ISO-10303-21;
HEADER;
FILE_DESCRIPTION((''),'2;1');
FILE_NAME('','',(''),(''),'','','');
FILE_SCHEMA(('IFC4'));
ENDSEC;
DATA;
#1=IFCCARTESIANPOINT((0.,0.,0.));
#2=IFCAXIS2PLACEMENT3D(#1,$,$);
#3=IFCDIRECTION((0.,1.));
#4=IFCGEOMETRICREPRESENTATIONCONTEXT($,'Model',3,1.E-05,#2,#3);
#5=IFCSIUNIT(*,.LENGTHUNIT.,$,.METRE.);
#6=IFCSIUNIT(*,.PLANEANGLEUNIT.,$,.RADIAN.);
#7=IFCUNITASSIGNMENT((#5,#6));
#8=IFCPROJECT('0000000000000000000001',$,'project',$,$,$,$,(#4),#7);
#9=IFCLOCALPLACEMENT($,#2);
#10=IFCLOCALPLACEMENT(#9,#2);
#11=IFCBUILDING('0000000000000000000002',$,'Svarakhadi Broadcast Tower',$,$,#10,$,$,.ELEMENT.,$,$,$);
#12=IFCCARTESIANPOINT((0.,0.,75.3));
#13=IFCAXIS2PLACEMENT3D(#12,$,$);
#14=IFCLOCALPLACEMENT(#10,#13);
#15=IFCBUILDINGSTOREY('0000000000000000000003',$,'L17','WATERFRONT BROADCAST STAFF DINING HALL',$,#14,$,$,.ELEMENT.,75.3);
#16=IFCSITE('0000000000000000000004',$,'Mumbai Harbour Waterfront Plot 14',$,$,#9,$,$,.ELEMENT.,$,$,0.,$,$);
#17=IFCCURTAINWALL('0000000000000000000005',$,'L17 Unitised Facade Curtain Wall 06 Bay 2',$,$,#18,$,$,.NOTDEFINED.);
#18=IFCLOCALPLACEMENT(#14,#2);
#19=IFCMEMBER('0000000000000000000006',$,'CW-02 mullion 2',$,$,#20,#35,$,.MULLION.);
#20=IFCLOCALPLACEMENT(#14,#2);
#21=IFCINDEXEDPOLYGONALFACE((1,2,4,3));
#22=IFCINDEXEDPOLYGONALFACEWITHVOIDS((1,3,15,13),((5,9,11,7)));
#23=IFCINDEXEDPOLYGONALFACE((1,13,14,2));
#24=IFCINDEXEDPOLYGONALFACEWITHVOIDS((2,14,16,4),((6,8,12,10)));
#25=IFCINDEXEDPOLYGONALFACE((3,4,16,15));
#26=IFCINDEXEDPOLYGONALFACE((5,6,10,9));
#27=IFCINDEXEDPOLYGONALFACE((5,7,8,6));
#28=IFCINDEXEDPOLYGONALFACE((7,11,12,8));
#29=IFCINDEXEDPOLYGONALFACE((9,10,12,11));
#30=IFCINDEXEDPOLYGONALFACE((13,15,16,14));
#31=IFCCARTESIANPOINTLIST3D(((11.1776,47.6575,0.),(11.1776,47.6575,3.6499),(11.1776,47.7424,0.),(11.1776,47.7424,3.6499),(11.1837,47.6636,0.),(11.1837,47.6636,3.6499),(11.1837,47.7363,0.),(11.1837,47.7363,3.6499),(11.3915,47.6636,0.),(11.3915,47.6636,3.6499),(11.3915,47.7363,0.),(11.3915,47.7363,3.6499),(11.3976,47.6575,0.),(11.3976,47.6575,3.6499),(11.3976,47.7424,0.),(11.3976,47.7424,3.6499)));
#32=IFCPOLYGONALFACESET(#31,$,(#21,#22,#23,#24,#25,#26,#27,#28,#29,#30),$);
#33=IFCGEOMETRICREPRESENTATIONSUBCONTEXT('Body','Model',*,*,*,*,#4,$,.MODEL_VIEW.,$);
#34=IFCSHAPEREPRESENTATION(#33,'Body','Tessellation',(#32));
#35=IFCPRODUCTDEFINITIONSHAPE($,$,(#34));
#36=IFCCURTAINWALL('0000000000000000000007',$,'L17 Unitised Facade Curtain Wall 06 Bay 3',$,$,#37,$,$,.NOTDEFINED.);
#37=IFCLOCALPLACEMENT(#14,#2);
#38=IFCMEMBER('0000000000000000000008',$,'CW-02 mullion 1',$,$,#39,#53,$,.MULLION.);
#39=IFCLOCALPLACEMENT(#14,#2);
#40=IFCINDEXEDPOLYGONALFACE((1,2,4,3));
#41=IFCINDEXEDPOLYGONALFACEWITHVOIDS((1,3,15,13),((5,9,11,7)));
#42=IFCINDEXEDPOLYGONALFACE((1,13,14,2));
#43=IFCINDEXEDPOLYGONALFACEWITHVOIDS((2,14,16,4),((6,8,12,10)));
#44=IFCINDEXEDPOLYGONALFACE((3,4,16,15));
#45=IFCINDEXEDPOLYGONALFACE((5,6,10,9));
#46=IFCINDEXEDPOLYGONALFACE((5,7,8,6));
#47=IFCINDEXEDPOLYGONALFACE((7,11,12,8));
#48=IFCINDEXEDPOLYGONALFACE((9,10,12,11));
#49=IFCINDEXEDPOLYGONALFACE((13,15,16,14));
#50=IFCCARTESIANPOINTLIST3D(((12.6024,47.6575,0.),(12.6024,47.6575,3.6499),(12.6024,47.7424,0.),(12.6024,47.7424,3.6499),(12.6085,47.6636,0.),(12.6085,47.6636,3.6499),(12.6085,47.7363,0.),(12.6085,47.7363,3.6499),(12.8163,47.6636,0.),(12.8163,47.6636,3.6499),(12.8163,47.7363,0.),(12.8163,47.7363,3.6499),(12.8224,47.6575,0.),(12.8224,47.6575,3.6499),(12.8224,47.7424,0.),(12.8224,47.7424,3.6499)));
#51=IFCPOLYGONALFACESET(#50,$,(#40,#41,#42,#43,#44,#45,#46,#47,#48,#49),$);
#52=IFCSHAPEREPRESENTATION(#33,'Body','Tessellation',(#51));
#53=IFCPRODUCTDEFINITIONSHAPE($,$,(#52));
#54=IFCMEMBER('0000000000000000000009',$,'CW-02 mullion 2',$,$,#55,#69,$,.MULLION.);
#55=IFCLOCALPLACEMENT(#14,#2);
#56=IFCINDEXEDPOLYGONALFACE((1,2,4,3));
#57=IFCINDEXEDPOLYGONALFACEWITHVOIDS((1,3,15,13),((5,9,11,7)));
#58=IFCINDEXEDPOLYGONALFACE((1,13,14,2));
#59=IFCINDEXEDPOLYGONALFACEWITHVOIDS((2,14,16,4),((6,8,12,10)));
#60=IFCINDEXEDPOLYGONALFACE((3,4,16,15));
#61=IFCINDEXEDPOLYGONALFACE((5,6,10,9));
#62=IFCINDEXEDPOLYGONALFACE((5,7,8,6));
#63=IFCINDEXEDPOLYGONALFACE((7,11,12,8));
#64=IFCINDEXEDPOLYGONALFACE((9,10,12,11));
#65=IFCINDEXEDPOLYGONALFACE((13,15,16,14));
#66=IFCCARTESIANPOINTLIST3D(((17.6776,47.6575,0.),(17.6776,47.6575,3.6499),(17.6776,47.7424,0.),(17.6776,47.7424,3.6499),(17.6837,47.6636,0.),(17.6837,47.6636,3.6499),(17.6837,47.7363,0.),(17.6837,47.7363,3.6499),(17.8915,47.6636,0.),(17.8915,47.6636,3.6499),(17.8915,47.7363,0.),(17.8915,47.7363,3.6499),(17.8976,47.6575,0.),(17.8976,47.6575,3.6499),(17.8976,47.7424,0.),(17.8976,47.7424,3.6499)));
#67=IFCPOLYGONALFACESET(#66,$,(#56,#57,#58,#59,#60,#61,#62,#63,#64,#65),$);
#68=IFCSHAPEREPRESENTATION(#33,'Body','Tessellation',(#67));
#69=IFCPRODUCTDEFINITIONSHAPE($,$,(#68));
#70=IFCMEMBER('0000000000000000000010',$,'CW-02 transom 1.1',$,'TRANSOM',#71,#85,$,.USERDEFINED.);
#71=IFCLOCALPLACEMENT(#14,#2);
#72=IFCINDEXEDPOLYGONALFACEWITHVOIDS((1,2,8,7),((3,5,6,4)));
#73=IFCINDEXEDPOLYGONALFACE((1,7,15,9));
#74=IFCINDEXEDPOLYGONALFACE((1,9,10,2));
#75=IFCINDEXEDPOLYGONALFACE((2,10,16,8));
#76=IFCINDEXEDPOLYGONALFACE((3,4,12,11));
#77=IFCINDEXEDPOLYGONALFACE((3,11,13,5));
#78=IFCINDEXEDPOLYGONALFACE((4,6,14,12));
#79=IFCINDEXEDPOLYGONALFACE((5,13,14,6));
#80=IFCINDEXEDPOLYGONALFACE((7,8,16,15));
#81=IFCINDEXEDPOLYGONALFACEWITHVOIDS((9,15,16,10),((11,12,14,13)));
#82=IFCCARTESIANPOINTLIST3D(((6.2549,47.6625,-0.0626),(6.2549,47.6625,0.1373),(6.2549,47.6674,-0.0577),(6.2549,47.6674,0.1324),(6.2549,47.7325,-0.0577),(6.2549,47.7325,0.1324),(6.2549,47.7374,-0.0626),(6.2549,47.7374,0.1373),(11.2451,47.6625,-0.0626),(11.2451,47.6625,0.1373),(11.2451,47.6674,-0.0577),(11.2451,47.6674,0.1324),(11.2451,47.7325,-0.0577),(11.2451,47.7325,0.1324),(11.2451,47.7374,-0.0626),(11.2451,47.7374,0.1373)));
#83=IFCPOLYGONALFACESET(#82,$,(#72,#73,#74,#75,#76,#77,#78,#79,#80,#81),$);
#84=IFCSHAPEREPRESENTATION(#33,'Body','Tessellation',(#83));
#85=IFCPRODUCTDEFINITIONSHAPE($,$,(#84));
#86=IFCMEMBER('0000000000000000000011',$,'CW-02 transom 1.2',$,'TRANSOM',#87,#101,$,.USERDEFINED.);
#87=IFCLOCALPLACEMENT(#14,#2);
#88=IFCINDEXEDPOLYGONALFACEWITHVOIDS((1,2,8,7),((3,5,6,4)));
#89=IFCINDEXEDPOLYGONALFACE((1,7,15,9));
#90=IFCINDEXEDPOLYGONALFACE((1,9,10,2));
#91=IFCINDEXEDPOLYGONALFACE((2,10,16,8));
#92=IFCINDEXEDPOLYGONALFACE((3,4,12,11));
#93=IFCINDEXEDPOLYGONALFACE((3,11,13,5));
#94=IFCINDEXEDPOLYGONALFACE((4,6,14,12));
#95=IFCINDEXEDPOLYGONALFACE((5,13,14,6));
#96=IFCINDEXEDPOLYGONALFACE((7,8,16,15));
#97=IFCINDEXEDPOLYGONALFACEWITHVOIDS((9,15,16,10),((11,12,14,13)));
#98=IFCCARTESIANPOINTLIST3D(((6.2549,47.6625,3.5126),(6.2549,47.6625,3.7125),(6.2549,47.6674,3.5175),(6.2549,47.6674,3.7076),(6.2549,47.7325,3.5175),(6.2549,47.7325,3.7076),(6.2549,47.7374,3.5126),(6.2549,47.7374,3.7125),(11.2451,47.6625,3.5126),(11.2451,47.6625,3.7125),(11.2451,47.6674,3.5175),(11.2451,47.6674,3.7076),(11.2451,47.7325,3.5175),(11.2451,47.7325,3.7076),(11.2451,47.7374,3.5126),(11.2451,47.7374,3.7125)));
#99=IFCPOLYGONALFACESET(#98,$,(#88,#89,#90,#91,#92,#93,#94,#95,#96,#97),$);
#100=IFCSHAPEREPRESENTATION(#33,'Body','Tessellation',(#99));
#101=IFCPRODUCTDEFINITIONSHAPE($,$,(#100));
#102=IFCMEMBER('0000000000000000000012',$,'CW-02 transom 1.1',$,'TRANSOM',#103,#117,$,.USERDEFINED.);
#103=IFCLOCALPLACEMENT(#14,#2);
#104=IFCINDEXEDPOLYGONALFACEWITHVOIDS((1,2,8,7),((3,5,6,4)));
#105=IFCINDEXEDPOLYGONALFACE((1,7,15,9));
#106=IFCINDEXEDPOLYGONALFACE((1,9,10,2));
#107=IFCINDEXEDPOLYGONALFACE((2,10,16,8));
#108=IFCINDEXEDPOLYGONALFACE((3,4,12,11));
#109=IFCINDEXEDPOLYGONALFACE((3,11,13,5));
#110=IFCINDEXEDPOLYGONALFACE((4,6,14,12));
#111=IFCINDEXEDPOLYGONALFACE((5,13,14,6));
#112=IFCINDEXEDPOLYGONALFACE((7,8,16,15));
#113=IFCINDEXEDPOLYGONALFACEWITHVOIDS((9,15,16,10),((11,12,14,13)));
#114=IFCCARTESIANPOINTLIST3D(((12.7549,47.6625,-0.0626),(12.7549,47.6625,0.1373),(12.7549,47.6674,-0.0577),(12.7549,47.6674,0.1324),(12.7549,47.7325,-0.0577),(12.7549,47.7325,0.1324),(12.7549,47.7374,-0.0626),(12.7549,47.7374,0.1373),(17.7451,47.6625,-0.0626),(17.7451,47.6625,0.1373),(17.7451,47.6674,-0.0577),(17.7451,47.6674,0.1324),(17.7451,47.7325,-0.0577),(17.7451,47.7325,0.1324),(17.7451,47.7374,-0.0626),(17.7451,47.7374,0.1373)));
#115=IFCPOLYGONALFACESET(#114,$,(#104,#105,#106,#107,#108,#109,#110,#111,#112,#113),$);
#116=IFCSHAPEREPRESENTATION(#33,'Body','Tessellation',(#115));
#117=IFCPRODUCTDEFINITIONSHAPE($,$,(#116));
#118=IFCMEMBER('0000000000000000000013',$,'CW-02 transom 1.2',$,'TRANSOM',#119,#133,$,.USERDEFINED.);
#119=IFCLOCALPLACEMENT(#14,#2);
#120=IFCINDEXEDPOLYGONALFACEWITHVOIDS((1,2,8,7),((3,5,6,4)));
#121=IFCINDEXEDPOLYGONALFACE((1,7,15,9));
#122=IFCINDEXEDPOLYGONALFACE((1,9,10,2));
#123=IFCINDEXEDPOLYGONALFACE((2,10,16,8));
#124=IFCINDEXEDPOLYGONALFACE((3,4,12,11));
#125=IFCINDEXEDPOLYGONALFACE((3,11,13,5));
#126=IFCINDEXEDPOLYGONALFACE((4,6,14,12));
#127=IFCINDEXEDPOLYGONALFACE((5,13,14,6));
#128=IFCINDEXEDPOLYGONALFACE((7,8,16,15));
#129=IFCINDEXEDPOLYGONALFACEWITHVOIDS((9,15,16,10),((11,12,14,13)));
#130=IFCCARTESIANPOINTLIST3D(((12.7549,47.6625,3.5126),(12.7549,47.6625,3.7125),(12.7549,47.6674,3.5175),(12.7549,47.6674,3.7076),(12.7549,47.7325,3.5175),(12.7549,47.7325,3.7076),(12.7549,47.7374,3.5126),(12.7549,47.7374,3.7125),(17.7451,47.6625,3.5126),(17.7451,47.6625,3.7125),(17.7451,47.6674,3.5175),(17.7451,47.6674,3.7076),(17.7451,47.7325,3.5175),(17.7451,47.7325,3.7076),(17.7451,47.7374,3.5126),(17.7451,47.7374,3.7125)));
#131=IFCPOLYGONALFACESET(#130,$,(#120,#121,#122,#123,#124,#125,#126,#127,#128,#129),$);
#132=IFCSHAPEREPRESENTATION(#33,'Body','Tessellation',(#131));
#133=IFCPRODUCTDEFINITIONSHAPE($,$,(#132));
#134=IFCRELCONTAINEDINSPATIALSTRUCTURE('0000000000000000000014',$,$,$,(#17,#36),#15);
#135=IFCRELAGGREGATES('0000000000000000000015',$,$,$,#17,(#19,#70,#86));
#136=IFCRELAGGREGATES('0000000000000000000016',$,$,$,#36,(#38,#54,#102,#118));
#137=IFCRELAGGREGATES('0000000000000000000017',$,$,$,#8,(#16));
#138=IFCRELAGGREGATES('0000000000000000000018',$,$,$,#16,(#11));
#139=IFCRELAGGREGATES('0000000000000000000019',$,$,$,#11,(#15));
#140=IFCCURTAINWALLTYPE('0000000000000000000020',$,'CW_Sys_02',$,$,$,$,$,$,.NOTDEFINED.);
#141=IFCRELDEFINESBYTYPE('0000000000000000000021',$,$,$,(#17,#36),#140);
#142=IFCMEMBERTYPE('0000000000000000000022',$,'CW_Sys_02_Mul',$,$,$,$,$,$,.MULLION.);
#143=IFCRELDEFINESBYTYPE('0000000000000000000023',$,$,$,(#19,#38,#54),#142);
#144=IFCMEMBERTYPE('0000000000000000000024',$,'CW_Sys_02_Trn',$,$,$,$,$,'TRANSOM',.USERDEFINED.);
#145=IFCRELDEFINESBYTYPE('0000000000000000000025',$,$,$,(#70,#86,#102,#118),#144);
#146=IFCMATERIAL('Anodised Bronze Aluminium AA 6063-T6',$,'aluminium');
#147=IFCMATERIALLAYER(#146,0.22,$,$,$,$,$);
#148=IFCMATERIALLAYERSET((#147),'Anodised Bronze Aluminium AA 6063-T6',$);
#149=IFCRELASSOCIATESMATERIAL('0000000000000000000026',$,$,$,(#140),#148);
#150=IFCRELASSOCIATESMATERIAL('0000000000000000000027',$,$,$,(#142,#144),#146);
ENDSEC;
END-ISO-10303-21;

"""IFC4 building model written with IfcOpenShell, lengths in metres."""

from ifc_helpers import new_model, si_unit, direction, frame, origin, origin_2d, place, context, subcontext, project, spatial, hollow_rectangle, extrude, material, layer, layer_set, material_profile, profile_set, type_object, element, aggregate, save


model = new_model("IFC4")

# Units and contexts
model_context = context("Model", 3, precision=1e-05, world=origin(), true_north=direction((0.0, 1.0)))
body_context = subcontext(model_context, "Body", "Model", "MODEL_VIEW")
ifc_project = project(units=[si_unit("LENGTHUNIT", "METRE"), si_unit("PLANEANGLEUNIT", "RADIAN")], contexts=[model_context])

# Site, building, storey
site_placement = place(None, origin())
site = spatial("IfcSite", under=ifc_project, at=site_placement, Name="Mumbai Harbour Waterfront Plot 14", CompositionType="ELEMENT", RefElevation=0.0)
building_placement = place(site_placement, origin())
building = spatial("IfcBuilding", under=site, at=building_placement, Name="Svarakhadi Broadcast Tower", CompositionType="ELEMENT")
storey_placement = place(building_placement, frame((0.0, 0.0, 75.3)))
storey = spatial("IfcBuildingStorey", under=building, at=storey_placement, Name="L17", Description="WATERFRONT BROADCAST STAFF DINING HALL", CompositionType="ELEMENT", Elevation=75.3)

# Curtain walls, members
ifc_material_1 = material(Name="Anodised Bronze Aluminium AA 6063-T6", Category="aluminium")
ifc_layer_1 = layer(ifc_material_1, 0.22)
ifc_layer_set_1 = layer_set([ifc_layer_1], Name="Anodised Bronze Aluminium AA 6063-T6")
curtain_wall_type = type_object("IfcCurtainWallType", Name="CW_Sys_02", PredefinedType="NOTDEFINED", material=ifc_layer_set_1)
curtain_wall_1_placement = place(storey_placement, origin())
curtain_wall_1 = element("IfcCurtainWall", 1, at=curtain_wall_1_placement, inside=storey, type_object=curtain_wall_type, Name="L17 Unitised Facade Curtain Wall 06 Bay 2", PredefinedType="NOTDEFINED")
ifc_material_profile_1 = material_profile(ifc_material_1, hollow_rectangle(XDim=0.085, YDim=0.22, WallThickness=0.0061, at=origin_2d()), Name="ALU MULLION 220x85x6")
ifc_profile_set_1 = profile_set([ifc_material_profile_1], Name="Anodised Bronze Aluminium AA 6063-T6")
member_type_1 = type_object("IfcMemberType", Name="CW_Sys_02_Mul", PredefinedType="MULLION", material=ifc_profile_set_1)
member_1_placement = place(storey_placement, frame((11.2876, 47.7, 0.0), z_axis=(0.0, 0.0, 1.0), x_axis=(0.0, 1.0, 0.0)))
member_1 = element("IfcMember", 2, at=member_1_placement, type_object=member_type_1, Name="CW-02 mullion 2", PredefinedType="MULLION", context=body_context, shape_type="SweptSolid", body=[
    extrude(hollow_rectangle(XDim=0.085, YDim=0.22, WallThickness=0.0061, at=origin_2d()), origin(), (0.0, 0.0, 1.0), 3.6499),
])
curtain_wall_2_placement = place(storey_placement, origin())
curtain_wall_2 = element("IfcCurtainWall", 3, at=curtain_wall_2_placement, inside=storey, type_object=curtain_wall_type, Name="L17 Unitised Facade Curtain Wall 06 Bay 3", PredefinedType="NOTDEFINED")
member_2_placement = place(storey_placement, frame((12.7124, 47.7, 0.0), z_axis=(0.0, 0.0, 1.0), x_axis=(0.0, 1.0, 0.0)))
member_2 = element("IfcMember", 4, at=member_2_placement, type_object=member_type_1, Name="CW-02 mullion 1", PredefinedType="MULLION", context=body_context, shape_type="SweptSolid", body=[
    extrude(hollow_rectangle(XDim=0.085, YDim=0.22, WallThickness=0.0061, at=origin_2d()), origin(), (0.0, 0.0, 1.0), 3.6499),
])
member_3_placement = place(storey_placement, frame((17.7876, 47.7, 0.0), z_axis=(0.0, 0.0, 1.0), x_axis=(0.0, 1.0, 0.0)))
member_3 = element("IfcMember", 5, at=member_3_placement, type_object=member_type_1, Name="CW-02 mullion 2", PredefinedType="MULLION", context=body_context, shape_type="SweptSolid", body=[
    extrude(hollow_rectangle(XDim=0.085, YDim=0.22, WallThickness=0.0061, at=origin_2d()), origin(), (0.0, 0.0, 1.0), 3.6499),
])

# Members
ifc_material_profile_2 = material_profile(ifc_material_1, hollow_rectangle(XDim=0.075, YDim=0.2, WallThickness=0.0049, at=origin_2d()), Name="ALU TRANSOM 200x75x5")
ifc_profile_set_2 = profile_set([ifc_material_profile_2], Name="Anodised Bronze Aluminium AA 6063-T6")
member_type_2 = type_object("IfcMemberType", Name="CW_Sys_02_Trn", ElementType="TRANSOM", PredefinedType="USERDEFINED", material=ifc_profile_set_2)
member_4_placement = place(storey_placement, frame((6.2549, 47.7, 0.0374), z_axis=(1.0, 0.0, 0.0), x_axis=(0.0, 1.0, 0.0)))
member_4 = element("IfcMember", 6, at=member_4_placement, type_object=member_type_2, Name="CW-02 transom 1.1", ObjectType="TRANSOM", PredefinedType="USERDEFINED", context=body_context, shape_type="SweptSolid", body=[
    extrude(hollow_rectangle(XDim=0.075, YDim=0.2, WallThickness=0.0049, at=origin_2d()), origin(), (0.0, 0.0, 1.0), 4.9902),
])
member_5_placement = place(storey_placement, frame((6.2549, 47.7, 3.6125), z_axis=(1.0, 0.0, 0.0), x_axis=(0.0, 1.0, 0.0)))
member_5 = element("IfcMember", 7, at=member_5_placement, type_object=member_type_2, Name="CW-02 transom 1.2", ObjectType="TRANSOM", PredefinedType="USERDEFINED", context=body_context, shape_type="SweptSolid", body=[
    extrude(hollow_rectangle(XDim=0.075, YDim=0.2, WallThickness=0.0049, at=origin_2d()), origin(), (0.0, 0.0, 1.0), 4.9902),
])
member_6_placement = place(storey_placement, frame((12.7549, 47.7, 0.0374), z_axis=(1.0, 0.0, 0.0), x_axis=(0.0, 1.0, 0.0)))
member_6 = element("IfcMember", 8, at=member_6_placement, type_object=member_type_2, Name="CW-02 transom 1.1", ObjectType="TRANSOM", PredefinedType="USERDEFINED", context=body_context, shape_type="SweptSolid", body=[
    extrude(hollow_rectangle(XDim=0.075, YDim=0.2, WallThickness=0.0049, at=origin_2d()), origin(), (0.0, 0.0, 1.0), 4.9902),
])
member_7_placement = place(storey_placement, frame((12.7549, 47.7, 3.6125), z_axis=(1.0, 0.0, 0.0), x_axis=(0.0, 1.0, 0.0)))
member_7 = element("IfcMember", 9, at=member_7_placement, type_object=member_type_2, Name="CW-02 transom 1.2", ObjectType="TRANSOM", PredefinedType="USERDEFINED", context=body_context, shape_type="SweptSolid", body=[
    extrude(hollow_rectangle(XDim=0.075, YDim=0.2, WallThickness=0.0049, at=origin_2d()), origin(), (0.0, 0.0, 1.0), 4.9902),
])

aggregate(curtain_wall_1, [member_1, member_4, member_5])
aggregate(curtain_wall_2, [member_2, member_3, member_6, member_7])

save(model, "model.ifc")
